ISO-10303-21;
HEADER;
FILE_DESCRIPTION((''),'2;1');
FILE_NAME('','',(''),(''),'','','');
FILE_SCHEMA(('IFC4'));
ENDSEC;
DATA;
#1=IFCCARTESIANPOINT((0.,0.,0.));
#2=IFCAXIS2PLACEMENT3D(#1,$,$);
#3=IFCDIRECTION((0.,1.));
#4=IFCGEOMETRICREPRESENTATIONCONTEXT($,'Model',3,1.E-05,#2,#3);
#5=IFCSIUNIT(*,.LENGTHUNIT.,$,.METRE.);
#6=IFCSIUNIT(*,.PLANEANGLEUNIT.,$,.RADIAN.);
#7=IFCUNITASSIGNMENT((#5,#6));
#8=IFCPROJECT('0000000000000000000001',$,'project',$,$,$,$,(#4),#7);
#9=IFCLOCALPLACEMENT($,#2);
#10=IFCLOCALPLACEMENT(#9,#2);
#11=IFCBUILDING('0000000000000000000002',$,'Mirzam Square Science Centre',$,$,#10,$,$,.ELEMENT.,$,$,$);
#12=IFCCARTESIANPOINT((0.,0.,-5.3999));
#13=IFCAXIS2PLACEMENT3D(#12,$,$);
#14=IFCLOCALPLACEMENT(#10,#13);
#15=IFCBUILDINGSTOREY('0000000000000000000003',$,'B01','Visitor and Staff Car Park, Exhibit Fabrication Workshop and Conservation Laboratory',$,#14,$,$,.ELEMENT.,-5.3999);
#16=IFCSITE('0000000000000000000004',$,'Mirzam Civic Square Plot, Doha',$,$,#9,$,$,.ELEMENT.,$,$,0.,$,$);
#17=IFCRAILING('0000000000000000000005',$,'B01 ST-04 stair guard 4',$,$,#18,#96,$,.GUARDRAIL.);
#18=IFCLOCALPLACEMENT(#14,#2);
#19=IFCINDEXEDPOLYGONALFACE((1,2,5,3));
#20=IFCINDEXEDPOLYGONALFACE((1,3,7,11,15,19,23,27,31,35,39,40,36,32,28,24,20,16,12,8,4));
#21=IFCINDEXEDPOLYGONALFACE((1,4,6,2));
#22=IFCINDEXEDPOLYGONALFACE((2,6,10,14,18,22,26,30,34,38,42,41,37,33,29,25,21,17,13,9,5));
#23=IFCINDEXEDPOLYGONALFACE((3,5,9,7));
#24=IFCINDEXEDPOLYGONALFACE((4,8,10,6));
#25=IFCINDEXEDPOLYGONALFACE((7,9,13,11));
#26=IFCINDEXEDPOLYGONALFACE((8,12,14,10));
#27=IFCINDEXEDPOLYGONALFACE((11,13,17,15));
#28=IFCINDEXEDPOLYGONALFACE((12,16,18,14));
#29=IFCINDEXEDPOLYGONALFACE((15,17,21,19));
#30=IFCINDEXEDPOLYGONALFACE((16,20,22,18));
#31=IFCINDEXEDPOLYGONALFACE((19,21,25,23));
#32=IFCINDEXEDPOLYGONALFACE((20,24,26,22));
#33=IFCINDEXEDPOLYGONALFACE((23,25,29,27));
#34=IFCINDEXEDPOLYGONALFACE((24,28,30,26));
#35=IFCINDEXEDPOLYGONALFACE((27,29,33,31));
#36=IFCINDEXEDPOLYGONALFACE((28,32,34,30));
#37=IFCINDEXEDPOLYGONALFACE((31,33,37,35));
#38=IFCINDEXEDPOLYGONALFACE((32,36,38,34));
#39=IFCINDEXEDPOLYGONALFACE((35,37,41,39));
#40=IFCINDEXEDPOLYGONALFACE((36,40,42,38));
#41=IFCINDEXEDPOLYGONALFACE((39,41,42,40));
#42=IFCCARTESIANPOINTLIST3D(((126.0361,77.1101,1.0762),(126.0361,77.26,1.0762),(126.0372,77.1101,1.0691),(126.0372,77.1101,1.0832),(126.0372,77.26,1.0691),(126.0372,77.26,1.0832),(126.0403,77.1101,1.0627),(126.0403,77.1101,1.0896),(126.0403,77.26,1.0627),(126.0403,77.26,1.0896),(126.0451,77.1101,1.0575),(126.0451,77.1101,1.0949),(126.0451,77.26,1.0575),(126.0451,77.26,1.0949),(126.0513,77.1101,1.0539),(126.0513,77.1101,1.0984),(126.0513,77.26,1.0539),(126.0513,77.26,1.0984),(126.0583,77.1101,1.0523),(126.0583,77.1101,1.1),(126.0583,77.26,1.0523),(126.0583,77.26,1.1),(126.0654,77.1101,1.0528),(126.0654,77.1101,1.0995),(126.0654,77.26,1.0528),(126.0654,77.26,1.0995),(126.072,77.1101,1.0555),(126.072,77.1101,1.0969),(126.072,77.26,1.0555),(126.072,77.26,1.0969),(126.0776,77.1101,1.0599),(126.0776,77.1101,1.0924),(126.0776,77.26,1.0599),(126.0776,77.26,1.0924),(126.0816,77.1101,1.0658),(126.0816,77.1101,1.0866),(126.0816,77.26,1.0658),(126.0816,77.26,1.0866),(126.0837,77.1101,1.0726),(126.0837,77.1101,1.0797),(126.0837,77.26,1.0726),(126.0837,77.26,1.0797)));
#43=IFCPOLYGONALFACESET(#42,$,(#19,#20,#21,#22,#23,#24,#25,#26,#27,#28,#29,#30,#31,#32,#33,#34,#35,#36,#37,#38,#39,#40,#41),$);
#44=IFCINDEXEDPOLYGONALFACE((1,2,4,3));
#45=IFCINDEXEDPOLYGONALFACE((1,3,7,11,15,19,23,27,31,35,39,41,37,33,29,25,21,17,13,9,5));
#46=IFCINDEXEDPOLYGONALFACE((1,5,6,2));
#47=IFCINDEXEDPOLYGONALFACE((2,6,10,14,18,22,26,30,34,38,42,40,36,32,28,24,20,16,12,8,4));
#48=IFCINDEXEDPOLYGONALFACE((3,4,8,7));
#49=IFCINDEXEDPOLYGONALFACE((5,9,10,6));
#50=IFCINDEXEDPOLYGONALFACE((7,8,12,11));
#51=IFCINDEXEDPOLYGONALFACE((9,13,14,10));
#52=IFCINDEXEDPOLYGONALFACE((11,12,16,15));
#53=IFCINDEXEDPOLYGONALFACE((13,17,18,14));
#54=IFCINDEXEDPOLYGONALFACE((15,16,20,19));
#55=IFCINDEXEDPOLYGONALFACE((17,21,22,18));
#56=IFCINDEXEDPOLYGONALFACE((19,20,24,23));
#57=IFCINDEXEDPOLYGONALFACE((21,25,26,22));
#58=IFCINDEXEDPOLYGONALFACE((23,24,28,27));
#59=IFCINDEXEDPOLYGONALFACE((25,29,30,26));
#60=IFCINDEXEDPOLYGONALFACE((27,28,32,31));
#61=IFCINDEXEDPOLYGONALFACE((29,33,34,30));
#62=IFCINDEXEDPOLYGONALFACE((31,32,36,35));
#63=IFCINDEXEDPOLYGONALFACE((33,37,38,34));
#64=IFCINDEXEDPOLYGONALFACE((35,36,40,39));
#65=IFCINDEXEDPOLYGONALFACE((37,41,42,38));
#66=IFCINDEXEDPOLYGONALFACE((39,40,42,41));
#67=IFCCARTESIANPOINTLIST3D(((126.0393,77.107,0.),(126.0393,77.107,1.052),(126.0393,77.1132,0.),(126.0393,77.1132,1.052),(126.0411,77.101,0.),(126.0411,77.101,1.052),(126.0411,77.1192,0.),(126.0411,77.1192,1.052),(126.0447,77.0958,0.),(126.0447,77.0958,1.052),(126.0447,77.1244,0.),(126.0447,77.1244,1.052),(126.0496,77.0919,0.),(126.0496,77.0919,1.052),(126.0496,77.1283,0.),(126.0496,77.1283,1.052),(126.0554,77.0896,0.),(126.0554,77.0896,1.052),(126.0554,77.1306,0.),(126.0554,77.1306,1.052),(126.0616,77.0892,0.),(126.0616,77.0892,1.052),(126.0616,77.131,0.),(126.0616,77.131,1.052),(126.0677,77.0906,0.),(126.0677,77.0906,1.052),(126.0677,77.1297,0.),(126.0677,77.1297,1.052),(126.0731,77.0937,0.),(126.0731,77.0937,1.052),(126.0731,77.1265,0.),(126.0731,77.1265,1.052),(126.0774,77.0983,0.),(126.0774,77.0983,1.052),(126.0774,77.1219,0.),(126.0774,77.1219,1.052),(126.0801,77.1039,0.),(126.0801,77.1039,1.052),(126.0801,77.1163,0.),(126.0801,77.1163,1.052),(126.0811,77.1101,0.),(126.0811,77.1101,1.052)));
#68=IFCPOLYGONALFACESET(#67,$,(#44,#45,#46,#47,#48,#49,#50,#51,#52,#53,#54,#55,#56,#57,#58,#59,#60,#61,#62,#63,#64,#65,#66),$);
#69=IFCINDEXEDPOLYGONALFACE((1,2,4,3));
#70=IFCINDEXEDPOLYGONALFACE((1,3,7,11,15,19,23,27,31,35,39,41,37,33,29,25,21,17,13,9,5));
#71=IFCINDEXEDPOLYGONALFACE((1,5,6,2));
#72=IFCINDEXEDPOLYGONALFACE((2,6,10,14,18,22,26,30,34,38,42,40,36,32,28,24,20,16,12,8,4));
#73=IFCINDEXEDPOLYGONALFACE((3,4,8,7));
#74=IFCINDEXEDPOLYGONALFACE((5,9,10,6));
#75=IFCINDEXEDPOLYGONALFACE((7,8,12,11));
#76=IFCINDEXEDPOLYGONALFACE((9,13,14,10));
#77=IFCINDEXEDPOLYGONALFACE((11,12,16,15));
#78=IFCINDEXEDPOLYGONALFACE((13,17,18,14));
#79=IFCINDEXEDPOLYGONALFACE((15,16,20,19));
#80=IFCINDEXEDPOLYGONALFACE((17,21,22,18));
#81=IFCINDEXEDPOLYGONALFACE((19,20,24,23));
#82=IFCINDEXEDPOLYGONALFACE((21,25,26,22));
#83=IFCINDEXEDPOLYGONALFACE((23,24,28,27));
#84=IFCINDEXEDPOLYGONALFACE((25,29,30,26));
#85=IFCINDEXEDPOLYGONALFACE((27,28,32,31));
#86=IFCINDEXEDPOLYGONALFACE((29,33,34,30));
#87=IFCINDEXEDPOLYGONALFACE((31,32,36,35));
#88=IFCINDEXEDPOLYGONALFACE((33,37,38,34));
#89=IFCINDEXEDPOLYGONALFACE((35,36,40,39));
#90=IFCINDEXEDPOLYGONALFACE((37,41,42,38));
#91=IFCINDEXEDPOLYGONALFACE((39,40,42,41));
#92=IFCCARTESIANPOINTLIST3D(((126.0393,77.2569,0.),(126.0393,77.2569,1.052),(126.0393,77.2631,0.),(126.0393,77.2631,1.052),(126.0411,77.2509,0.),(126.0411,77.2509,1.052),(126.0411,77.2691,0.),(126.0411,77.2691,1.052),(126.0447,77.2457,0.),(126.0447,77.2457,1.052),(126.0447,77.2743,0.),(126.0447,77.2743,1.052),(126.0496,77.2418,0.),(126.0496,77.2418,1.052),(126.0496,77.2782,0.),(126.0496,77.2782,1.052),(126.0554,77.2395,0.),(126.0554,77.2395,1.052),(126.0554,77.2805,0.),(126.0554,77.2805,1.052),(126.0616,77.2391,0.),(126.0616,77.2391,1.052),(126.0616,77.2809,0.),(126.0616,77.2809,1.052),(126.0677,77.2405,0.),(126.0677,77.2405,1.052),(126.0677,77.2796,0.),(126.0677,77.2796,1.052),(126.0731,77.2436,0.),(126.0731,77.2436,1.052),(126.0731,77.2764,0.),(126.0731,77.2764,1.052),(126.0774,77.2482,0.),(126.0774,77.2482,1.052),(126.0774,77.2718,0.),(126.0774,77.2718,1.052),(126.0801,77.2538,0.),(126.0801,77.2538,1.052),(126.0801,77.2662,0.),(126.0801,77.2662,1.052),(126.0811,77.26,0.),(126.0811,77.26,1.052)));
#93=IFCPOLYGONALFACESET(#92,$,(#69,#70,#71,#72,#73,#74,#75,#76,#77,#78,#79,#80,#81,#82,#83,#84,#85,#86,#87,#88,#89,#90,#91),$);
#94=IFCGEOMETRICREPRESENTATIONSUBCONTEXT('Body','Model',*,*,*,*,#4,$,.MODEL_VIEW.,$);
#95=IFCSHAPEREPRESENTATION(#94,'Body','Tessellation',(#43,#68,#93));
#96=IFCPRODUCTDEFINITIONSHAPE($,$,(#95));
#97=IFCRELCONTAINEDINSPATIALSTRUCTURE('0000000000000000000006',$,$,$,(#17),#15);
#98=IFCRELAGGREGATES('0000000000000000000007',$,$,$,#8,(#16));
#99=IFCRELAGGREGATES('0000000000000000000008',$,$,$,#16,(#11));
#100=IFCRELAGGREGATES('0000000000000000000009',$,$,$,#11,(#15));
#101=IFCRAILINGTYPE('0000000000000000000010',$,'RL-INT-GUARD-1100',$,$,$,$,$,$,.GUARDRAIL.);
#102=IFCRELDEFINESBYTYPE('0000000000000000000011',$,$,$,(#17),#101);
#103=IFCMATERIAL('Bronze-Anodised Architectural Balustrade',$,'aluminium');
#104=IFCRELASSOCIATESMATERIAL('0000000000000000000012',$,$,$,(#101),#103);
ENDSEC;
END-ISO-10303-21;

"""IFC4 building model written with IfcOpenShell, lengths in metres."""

from ifc_helpers import new_model, si_unit, direction, frame, origin, origin_2d, place, context, subcontext, project, spatial, circle, extrude, material, type_object, element, save


model = new_model("IFC4")

# Units and contexts
model_context = context("Model", 3, precision=1e-05, world=origin(), true_north=direction((0.0, 1.0)))
body_context = subcontext(model_context, "Body", "Model", "MODEL_VIEW")
ifc_project = project(units=[si_unit("LENGTHUNIT", "METRE"), si_unit("PLANEANGLEUNIT", "RADIAN")], contexts=[model_context])

# Site, building, storey
site_placement = place(None, origin())
site = spatial("IfcSite", under=ifc_project, at=site_placement, Name="Mirzam Civic Square Plot, Doha", CompositionType="ELEMENT", RefElevation=0.0)
building_placement = place(site_placement, origin())
building = spatial("IfcBuilding", under=site, at=building_placement, Name="Mirzam Square Science Centre", CompositionType="ELEMENT")
storey_placement = place(building_placement, frame((0.0, 0.0, -5.3999)))
storey = spatial("IfcBuildingStorey", under=building, at=storey_placement, Name="B01", Description="Visitor and Staff Car Park, Exhibit Fabrication Workshop and Conservation Laboratory", CompositionType="ELEMENT", Elevation=-5.3999)

# Railing
ifc_material_1 = material(Name="Bronze-Anodised Architectural Balustrade", Category="aluminium")
railing_type_1 = type_object("IfcRailingType", Name="RL-INT-GUARD-1100", PredefinedType="GUARDRAIL", material=ifc_material_1)
railing_1_placement = place(storey_placement, frame((126.0601, 77.1101, 0.0)))
element("IfcRailing", 1, at=railing_1_placement, inside=storey, type_object=railing_type_1, Name="B01 ST-04 stair guard 4", PredefinedType="GUARDRAIL", context=body_context, shape_type="SweptSolid", body=[
    extrude(circle(Radius=0.0239, at=origin_2d()), frame((0.0, 0.0, 1.0762), z_axis=(0.0, 1.0, 0.0), x_axis=(-1.0, 0.0, 0.0)), (0.0, 0.0, 1.0), 0.1499),
    extrude(circle(Radius=0.021, at=origin_2d()), origin(), (0.0, 0.0, 1.0), 1.052),
    extrude(circle(Radius=0.021, at=origin_2d()), frame((0.0, 0.1499, 0.0)), (0.0, 0.0, 1.0), 1.052),
])

save(model, "model.ifc")
